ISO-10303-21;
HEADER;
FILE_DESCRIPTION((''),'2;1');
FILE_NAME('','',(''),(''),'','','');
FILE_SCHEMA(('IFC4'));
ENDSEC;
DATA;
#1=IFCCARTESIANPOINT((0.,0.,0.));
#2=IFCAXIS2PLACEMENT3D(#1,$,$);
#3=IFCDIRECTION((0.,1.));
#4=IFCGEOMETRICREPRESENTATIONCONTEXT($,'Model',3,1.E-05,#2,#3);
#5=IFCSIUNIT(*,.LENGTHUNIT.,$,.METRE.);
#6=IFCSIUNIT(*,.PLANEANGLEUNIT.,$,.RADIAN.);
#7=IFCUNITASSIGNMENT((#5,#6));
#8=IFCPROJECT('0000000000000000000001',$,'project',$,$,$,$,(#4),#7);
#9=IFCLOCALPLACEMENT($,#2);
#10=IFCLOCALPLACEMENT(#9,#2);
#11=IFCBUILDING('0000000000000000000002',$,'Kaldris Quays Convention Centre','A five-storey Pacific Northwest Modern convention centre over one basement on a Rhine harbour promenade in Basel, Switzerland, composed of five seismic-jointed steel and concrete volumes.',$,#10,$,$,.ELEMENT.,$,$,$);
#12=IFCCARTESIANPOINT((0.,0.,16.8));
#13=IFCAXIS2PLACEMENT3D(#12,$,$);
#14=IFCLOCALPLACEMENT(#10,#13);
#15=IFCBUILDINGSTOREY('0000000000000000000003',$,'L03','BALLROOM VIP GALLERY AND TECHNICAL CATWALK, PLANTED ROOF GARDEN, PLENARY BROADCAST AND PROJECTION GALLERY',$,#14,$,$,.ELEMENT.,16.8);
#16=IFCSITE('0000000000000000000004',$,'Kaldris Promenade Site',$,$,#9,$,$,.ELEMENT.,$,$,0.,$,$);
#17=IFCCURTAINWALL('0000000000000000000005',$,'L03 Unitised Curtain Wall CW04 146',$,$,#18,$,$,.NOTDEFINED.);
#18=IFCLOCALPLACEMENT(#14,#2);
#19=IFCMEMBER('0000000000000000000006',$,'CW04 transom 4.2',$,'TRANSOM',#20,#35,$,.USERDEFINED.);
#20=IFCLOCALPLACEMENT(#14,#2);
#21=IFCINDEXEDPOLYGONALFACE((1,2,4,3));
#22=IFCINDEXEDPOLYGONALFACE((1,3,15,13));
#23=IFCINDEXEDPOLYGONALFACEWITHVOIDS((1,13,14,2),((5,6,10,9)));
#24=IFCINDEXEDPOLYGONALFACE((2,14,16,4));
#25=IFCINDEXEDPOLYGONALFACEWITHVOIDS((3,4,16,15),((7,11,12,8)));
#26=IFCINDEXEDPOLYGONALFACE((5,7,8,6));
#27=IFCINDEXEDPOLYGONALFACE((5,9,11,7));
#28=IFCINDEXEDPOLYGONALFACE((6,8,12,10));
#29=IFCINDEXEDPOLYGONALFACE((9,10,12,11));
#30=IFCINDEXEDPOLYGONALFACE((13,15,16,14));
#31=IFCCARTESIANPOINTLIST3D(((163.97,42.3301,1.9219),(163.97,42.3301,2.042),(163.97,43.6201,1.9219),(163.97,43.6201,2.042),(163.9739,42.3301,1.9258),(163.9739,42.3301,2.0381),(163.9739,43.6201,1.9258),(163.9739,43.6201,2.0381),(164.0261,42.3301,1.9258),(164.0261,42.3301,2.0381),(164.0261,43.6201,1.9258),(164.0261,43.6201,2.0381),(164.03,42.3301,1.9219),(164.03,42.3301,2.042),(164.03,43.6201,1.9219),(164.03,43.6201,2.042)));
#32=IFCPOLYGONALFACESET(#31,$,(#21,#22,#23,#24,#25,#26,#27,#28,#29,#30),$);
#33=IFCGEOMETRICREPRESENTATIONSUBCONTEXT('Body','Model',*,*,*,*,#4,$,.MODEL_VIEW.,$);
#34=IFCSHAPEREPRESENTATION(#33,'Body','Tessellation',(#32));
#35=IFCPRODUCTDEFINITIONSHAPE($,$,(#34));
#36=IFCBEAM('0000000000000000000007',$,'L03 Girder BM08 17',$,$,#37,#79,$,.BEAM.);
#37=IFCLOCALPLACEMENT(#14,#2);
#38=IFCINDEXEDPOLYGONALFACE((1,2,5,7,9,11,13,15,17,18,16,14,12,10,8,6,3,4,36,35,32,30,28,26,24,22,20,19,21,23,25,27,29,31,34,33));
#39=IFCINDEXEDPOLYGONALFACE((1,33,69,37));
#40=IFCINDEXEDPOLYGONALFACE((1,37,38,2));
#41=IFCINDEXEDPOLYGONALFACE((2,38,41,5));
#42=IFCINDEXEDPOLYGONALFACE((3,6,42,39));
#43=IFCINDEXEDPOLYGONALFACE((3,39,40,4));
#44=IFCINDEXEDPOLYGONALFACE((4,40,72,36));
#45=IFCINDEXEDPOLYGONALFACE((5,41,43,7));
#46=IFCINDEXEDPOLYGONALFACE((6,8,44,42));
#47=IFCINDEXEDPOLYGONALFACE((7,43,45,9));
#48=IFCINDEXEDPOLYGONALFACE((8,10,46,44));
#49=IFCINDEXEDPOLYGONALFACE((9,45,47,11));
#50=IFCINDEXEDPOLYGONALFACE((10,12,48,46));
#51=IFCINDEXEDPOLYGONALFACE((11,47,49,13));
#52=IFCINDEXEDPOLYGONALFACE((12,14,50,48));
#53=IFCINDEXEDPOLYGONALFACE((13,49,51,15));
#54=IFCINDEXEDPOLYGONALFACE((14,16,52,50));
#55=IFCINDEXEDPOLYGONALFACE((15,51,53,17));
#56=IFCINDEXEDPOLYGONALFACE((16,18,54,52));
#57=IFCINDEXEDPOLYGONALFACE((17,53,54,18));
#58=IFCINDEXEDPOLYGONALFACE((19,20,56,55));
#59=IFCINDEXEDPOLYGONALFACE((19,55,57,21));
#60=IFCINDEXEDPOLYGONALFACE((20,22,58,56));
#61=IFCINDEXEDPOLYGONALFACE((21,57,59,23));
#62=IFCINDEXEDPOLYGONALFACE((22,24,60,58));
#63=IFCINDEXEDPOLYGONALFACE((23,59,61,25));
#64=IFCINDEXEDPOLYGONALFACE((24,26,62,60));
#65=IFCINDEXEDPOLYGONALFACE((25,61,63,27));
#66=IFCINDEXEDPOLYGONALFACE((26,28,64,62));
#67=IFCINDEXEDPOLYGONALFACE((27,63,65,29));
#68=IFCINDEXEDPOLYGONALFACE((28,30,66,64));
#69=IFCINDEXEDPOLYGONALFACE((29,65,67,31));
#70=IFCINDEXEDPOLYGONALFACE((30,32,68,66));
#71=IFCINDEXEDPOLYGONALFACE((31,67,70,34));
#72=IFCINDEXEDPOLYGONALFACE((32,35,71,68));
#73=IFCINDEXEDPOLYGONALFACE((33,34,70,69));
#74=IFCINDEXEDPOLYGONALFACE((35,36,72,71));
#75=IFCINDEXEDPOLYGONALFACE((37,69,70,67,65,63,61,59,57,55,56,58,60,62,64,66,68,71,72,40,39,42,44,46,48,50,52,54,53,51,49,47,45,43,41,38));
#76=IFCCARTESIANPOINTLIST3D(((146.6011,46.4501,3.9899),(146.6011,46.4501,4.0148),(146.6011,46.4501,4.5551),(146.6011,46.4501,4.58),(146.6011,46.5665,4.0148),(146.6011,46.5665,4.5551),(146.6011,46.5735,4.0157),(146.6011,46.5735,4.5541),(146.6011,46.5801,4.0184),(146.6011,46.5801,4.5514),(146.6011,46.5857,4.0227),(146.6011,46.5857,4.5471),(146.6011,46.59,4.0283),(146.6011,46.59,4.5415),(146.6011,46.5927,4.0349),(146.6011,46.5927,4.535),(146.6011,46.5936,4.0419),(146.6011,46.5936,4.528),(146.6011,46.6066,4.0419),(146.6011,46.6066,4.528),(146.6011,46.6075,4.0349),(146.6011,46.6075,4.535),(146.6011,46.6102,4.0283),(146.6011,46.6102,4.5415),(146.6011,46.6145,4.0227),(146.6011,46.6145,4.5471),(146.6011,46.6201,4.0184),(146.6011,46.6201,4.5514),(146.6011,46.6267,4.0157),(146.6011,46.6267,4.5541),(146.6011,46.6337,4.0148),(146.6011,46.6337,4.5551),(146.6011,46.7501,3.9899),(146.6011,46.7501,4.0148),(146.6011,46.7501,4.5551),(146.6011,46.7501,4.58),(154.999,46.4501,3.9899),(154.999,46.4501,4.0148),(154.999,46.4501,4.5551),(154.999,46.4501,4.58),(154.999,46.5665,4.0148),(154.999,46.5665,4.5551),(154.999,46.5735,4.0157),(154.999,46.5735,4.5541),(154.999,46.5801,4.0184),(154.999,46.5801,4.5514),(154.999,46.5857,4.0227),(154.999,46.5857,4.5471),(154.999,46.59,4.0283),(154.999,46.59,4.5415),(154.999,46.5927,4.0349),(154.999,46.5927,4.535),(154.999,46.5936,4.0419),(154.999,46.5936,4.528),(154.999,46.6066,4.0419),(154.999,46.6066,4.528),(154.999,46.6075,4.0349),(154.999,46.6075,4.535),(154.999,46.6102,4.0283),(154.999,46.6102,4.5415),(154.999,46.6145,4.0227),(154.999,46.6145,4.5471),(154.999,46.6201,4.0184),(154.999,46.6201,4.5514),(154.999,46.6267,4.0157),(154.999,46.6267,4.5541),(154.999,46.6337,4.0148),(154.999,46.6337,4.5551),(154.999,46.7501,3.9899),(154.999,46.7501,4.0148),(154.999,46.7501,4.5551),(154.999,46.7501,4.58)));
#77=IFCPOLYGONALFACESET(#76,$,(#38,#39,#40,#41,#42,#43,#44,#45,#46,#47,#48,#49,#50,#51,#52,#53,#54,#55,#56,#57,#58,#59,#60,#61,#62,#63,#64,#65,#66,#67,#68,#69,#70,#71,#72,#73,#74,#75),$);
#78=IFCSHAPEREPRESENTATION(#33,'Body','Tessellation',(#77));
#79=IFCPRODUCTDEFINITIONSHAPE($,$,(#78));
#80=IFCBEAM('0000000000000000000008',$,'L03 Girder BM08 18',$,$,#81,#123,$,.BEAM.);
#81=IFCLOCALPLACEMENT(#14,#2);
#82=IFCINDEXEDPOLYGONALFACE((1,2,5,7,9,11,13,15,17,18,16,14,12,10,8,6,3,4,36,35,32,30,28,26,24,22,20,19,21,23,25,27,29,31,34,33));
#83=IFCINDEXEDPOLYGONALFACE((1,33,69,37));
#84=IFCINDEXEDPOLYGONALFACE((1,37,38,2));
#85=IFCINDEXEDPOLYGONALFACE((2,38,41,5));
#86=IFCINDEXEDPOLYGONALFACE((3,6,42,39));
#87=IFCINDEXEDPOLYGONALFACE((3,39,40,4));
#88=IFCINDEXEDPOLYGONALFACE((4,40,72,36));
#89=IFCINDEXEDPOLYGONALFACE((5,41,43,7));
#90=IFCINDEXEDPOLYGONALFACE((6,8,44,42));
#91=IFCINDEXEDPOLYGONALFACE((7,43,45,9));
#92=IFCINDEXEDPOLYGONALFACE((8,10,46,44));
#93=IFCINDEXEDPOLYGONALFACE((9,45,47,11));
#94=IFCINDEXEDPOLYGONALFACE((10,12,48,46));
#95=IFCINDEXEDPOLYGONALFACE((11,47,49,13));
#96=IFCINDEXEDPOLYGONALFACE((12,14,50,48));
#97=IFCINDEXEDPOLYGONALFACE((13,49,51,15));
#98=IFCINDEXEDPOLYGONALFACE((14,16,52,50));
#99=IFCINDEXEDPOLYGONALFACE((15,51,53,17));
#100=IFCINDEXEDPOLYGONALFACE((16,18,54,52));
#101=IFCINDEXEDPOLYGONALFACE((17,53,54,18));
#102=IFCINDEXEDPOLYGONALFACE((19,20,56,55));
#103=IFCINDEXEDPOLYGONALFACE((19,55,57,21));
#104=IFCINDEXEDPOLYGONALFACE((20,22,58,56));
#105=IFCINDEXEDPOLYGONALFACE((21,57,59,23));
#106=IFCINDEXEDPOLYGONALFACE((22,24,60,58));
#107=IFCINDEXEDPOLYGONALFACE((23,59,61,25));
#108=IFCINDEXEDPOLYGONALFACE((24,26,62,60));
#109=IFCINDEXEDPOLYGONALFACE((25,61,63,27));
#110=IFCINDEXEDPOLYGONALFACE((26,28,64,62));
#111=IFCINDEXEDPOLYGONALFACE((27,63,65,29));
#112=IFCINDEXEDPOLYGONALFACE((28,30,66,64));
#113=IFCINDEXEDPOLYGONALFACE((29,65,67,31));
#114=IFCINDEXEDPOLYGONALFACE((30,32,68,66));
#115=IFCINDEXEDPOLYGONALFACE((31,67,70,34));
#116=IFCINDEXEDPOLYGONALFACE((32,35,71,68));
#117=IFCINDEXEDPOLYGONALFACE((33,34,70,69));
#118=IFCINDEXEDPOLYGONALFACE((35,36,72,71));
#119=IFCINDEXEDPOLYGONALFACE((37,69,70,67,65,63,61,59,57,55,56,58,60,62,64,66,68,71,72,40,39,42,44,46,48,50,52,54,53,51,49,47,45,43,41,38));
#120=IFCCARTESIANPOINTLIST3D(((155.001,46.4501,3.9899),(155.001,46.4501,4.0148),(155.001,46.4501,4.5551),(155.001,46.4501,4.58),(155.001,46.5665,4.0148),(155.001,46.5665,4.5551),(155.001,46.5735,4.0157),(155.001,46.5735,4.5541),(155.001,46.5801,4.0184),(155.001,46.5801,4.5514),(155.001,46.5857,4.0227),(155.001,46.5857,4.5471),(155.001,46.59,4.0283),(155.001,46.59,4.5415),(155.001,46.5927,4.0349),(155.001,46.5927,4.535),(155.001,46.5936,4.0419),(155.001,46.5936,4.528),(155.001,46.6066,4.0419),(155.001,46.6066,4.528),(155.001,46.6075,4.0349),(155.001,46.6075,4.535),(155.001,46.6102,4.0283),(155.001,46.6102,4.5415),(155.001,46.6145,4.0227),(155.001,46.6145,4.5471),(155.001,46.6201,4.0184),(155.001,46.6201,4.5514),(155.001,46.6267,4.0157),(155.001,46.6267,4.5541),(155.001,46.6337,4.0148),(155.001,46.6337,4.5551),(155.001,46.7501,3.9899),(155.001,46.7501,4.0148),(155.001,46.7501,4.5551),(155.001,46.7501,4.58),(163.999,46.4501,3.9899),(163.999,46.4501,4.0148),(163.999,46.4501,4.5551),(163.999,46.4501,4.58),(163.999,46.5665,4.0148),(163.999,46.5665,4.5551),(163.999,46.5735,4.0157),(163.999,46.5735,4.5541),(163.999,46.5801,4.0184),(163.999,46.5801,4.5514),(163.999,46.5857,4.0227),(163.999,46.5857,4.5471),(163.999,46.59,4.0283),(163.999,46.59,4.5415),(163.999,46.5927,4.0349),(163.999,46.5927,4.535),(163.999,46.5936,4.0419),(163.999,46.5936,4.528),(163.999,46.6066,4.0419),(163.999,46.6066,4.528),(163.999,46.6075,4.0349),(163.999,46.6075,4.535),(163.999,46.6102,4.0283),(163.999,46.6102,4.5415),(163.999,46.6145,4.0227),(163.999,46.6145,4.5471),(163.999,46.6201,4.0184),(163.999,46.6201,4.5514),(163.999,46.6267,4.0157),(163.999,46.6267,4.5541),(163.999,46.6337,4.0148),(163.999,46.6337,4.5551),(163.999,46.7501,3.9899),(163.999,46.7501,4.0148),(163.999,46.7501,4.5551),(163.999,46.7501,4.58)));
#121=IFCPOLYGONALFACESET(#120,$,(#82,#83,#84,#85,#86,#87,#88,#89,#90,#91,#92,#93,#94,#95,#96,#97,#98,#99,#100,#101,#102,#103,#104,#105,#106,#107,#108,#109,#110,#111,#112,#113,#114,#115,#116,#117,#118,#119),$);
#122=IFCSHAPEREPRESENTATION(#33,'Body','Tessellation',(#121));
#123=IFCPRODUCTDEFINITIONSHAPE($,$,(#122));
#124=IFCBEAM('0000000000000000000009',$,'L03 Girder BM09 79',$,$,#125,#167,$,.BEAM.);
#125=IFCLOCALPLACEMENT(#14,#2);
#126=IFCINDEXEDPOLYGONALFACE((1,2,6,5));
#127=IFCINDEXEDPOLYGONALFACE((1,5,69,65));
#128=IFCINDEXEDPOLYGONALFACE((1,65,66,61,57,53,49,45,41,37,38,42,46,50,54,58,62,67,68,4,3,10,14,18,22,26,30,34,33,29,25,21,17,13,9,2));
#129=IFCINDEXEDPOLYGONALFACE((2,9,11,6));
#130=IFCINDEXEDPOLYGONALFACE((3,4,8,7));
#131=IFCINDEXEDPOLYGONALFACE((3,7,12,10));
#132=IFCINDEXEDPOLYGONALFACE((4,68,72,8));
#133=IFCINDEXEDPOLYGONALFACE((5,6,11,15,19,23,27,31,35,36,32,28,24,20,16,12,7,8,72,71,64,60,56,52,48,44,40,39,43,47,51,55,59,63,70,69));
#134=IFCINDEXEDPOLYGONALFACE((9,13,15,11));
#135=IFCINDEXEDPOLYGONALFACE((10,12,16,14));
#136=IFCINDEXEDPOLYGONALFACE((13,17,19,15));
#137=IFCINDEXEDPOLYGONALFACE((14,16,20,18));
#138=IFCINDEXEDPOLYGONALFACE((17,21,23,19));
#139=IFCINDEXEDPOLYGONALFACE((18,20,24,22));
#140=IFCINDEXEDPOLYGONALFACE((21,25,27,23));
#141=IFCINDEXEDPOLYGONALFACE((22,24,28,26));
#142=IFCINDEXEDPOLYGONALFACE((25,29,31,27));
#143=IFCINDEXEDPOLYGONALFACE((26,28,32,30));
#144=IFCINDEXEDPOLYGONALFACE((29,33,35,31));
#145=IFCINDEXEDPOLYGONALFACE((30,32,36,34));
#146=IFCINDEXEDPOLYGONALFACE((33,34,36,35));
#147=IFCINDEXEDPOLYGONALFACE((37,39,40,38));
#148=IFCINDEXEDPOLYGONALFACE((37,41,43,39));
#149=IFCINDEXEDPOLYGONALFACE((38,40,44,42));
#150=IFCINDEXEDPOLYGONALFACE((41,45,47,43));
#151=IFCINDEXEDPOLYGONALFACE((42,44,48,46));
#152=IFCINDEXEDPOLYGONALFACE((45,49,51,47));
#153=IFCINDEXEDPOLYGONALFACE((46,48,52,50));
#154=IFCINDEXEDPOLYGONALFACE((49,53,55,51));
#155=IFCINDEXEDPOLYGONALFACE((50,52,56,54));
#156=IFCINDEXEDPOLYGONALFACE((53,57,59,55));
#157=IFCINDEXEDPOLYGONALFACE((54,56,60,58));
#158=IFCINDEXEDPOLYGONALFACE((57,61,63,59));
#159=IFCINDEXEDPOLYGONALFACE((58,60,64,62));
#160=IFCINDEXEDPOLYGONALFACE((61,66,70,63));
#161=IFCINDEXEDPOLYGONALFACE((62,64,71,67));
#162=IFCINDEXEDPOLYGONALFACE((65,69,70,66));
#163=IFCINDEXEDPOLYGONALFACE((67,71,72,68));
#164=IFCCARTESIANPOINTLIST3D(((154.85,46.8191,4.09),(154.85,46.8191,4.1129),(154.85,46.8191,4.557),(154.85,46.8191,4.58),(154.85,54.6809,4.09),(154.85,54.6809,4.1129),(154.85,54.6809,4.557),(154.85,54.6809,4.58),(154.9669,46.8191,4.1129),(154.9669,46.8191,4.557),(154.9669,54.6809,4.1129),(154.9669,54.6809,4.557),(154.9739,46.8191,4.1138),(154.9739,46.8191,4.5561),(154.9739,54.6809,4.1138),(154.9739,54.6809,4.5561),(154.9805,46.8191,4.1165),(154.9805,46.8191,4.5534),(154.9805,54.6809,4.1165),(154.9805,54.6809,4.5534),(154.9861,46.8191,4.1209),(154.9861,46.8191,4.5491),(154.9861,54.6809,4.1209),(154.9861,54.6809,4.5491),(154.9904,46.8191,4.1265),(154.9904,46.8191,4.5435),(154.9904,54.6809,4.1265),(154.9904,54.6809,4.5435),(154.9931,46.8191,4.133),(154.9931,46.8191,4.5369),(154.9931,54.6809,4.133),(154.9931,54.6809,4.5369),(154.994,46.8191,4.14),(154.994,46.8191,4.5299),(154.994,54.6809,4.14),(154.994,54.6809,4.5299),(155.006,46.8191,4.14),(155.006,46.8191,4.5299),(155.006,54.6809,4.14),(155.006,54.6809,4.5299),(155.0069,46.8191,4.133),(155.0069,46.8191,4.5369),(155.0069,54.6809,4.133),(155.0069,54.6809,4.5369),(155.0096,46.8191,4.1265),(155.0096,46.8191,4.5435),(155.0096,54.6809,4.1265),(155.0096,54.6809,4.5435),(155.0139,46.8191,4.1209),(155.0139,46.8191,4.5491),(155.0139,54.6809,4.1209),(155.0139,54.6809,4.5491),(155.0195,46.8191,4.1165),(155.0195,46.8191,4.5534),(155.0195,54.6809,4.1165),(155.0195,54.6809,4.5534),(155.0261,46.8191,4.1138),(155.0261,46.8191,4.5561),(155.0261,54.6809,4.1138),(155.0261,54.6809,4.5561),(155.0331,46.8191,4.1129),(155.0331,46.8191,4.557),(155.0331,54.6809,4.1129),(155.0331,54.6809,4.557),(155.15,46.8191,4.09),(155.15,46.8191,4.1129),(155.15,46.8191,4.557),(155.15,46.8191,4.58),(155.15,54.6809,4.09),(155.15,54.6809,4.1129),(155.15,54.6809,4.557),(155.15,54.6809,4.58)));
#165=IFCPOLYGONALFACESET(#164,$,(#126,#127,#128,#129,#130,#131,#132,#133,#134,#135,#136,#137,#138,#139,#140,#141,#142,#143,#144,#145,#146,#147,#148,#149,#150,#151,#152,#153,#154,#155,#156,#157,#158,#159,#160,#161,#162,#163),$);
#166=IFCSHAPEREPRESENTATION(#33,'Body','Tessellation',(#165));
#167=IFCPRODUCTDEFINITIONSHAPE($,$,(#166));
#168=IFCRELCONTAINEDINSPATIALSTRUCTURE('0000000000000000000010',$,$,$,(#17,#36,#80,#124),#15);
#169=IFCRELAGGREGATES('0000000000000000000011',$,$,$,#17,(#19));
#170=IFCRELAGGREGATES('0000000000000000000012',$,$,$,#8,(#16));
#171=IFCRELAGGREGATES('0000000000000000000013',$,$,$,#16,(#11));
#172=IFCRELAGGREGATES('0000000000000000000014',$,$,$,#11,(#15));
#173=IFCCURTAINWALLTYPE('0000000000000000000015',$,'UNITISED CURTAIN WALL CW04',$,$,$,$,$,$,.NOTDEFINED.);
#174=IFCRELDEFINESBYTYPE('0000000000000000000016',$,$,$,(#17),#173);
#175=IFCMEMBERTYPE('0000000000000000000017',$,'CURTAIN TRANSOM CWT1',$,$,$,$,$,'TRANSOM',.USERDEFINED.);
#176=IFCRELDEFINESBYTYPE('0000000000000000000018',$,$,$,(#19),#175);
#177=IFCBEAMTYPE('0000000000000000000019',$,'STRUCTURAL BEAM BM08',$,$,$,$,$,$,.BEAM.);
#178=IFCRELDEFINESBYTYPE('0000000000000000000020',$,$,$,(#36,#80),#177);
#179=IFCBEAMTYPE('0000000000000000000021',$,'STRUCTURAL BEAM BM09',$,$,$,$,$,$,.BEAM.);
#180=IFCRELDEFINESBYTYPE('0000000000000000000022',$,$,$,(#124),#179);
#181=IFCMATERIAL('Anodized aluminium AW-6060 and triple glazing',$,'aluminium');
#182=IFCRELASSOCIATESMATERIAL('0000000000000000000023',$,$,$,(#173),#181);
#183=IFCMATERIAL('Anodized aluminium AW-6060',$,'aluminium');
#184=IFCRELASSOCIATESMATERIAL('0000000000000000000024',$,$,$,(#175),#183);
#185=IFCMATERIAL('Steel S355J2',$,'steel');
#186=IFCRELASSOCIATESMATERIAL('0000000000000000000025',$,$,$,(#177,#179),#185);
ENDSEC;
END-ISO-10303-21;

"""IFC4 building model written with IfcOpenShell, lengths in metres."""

from ifc_helpers import new_model, si_unit, direction, frame, origin, origin_2d, place, context, subcontext, project, spatial, hollow_rectangle, i_section, extrude, material, material_profile, profile_set, type_object, element, aggregate, save


model = new_model("IFC4")

# Units and contexts
model_context = context("Model", 3, precision=1e-05, world=origin(), true_north=direction((0.0, 1.0)))
body_context = subcontext(model_context, "Body", "Model", "MODEL_VIEW")
ifc_project = project(units=[si_unit("LENGTHUNIT", "METRE"), si_unit("PLANEANGLEUNIT", "RADIAN")], contexts=[model_context])

# Site, building, storey
site_placement = place(None, origin())
site = spatial("IfcSite", under=ifc_project, at=site_placement, Name="Kaldris Promenade Site", CompositionType="ELEMENT", RefElevation=0.0)
building_placement = place(site_placement, origin())
building = spatial("IfcBuilding", under=site, at=building_placement, Name="Kaldris Quays Convention Centre", Description="A five-storey Pacific Northwest Modern convention centre over one basement on a Rhine harbour promenade in Basel, Switzerland, composed of five seismic-jointed steel and concrete volumes.", CompositionType="ELEMENT")
storey_placement = place(building_placement, frame((0.0, 0.0, 16.8)))
storey = spatial("IfcBuildingStorey", under=building, at=storey_placement, Name="L03", Description="BALLROOM VIP GALLERY AND TECHNICAL CATWALK, PLANTED ROOF GARDEN, PLENARY BROADCAST AND PROJECTION GALLERY", CompositionType="ELEMENT", Elevation=16.8)

# Shared definitions
ifc_material_1 = material(Name="Steel S355J2", Category="steel")

# Curtain wall, member
ifc_material_2 = material(Name="Anodized aluminium AW-6060 and triple glazing", Category="aluminium")
curtain_wall_type = type_object("IfcCurtainWallType", Name="UNITISED CURTAIN WALL CW04", PredefinedType="NOTDEFINED", material=ifc_material_2)
curtain_wall_placement = place(storey_placement, origin())
curtain_wall = element("IfcCurtainWall", 1, at=curtain_wall_placement, inside=storey, type_object=curtain_wall_type, Name="L03 Unitised Curtain Wall CW04 146", PredefinedType="NOTDEFINED")
ifc_material_3 = material(Name="Anodized aluminium AW-6060", Category="aluminium")
ifc_material_profile_1 = material_profile(ifc_material_3, hollow_rectangle(XDim=0.0601, YDim=0.1201, WallThickness=0.0039, at=origin_2d()), Name="RHS 120x60x4")
ifc_profile_set_1 = profile_set([ifc_material_profile_1], Name="Anodized aluminium AW-6060")
member_type_1 = type_object("IfcMemberType", Name="CURTAIN TRANSOM CWT1", ElementType="TRANSOM", PredefinedType="USERDEFINED", material=ifc_profile_set_1)
member_1_placement = place(storey_placement, frame((164.0, 42.3301, 1.9819), z_axis=(0.0, 1.0, 0.0), x_axis=(-1.0, 0.0, 0.0)))
member_1 = element("IfcMember", 2, at=member_1_placement, type_object=member_type_1, Name="CW04 transom 4.2", ObjectType="TRANSOM", PredefinedType="USERDEFINED", context=body_context, shape_type="SweptSolid", body=[
    extrude(hollow_rectangle(XDim=0.0601, YDim=0.1201, WallThickness=0.0039, at=origin_2d()), origin(), (0.0, 0.0, 1.0), 1.29),
])

# Beams
ifc_material_profile_2 = material_profile(ifc_material_1, i_section(OverallWidth=0.3, OverallDepth=0.5901, WebThickness=0.0129, FlangeThickness=0.0249, FilletRadius=0.0271, at=origin_2d()), Name="HEA 600")
ifc_profile_set_2 = profile_set([ifc_material_profile_2], Name="Steel S355J2")
beam_type_1 = type_object("IfcBeamType", Name="STRUCTURAL BEAM BM08", PredefinedType="BEAM", material=ifc_profile_set_2)
beam_1_placement = place(storey_placement, frame((146.6011, 46.6001, 4.2849), z_axis=(1.0, 0.0, 0.0), x_axis=(0.0, 1.0, 0.0)))
element("IfcBeam", 3, at=beam_1_placement, inside=storey, type_object=beam_type_1, Name="L03 Girder BM08 17", PredefinedType="BEAM", context=body_context, shape_type="SweptSolid", body=[
    extrude(i_section(OverallWidth=0.3, OverallDepth=0.5901, WebThickness=0.0129, FlangeThickness=0.0249, FilletRadius=0.0271, at=origin_2d()), origin(), (0.0, 0.0, 1.0), 8.3979),
])
beam_2_placement = place(storey_placement, frame((155.001, 46.6001, 4.2849), z_axis=(1.0, 0.0, 0.0), x_axis=(0.0, 1.0, 0.0)))
element("IfcBeam", 4, at=beam_2_placement, inside=storey, type_object=beam_type_1, Name="L03 Girder BM08 18", PredefinedType="BEAM", context=body_context, shape_type="SweptSolid", body=[
    extrude(i_section(OverallWidth=0.3, OverallDepth=0.5901, WebThickness=0.0129, FlangeThickness=0.0249, FilletRadius=0.0271, at=origin_2d()), origin(), (0.0, 0.0, 1.0), 8.998),
])
ifc_material_profile_3 = material_profile(ifc_material_1, i_section(OverallWidth=0.3, OverallDepth=0.49, WebThickness=0.012, FlangeThickness=0.0229, FilletRadius=0.0271, at=origin_2d()), Name="HEA 500")
ifc_profile_set_3 = profile_set([ifc_material_profile_3], Name="Steel S355J2")
beam_type_2 = type_object("IfcBeamType", Name="STRUCTURAL BEAM BM09", PredefinedType="BEAM", material=ifc_profile_set_3)
beam_3_placement = place(storey_placement, frame((155.0, 46.8191, 4.335), z_axis=(0.0, 1.0, 0.0), x_axis=(-1.0, 0.0, 0.0)))
element("IfcBeam", 5, at=beam_3_placement, inside=storey, type_object=beam_type_2, Name="L03 Girder BM09 79", PredefinedType="BEAM", context=body_context, shape_type="SweptSolid", body=[
    extrude(i_section(OverallWidth=0.3, OverallDepth=0.49, WebThickness=0.012, FlangeThickness=0.0229, FilletRadius=0.0271, at=origin_2d()), origin(), (0.0, 0.0, 1.0), 7.8618),
])

aggregate(curtain_wall, [member_1])

save(model, "model.ifc")
